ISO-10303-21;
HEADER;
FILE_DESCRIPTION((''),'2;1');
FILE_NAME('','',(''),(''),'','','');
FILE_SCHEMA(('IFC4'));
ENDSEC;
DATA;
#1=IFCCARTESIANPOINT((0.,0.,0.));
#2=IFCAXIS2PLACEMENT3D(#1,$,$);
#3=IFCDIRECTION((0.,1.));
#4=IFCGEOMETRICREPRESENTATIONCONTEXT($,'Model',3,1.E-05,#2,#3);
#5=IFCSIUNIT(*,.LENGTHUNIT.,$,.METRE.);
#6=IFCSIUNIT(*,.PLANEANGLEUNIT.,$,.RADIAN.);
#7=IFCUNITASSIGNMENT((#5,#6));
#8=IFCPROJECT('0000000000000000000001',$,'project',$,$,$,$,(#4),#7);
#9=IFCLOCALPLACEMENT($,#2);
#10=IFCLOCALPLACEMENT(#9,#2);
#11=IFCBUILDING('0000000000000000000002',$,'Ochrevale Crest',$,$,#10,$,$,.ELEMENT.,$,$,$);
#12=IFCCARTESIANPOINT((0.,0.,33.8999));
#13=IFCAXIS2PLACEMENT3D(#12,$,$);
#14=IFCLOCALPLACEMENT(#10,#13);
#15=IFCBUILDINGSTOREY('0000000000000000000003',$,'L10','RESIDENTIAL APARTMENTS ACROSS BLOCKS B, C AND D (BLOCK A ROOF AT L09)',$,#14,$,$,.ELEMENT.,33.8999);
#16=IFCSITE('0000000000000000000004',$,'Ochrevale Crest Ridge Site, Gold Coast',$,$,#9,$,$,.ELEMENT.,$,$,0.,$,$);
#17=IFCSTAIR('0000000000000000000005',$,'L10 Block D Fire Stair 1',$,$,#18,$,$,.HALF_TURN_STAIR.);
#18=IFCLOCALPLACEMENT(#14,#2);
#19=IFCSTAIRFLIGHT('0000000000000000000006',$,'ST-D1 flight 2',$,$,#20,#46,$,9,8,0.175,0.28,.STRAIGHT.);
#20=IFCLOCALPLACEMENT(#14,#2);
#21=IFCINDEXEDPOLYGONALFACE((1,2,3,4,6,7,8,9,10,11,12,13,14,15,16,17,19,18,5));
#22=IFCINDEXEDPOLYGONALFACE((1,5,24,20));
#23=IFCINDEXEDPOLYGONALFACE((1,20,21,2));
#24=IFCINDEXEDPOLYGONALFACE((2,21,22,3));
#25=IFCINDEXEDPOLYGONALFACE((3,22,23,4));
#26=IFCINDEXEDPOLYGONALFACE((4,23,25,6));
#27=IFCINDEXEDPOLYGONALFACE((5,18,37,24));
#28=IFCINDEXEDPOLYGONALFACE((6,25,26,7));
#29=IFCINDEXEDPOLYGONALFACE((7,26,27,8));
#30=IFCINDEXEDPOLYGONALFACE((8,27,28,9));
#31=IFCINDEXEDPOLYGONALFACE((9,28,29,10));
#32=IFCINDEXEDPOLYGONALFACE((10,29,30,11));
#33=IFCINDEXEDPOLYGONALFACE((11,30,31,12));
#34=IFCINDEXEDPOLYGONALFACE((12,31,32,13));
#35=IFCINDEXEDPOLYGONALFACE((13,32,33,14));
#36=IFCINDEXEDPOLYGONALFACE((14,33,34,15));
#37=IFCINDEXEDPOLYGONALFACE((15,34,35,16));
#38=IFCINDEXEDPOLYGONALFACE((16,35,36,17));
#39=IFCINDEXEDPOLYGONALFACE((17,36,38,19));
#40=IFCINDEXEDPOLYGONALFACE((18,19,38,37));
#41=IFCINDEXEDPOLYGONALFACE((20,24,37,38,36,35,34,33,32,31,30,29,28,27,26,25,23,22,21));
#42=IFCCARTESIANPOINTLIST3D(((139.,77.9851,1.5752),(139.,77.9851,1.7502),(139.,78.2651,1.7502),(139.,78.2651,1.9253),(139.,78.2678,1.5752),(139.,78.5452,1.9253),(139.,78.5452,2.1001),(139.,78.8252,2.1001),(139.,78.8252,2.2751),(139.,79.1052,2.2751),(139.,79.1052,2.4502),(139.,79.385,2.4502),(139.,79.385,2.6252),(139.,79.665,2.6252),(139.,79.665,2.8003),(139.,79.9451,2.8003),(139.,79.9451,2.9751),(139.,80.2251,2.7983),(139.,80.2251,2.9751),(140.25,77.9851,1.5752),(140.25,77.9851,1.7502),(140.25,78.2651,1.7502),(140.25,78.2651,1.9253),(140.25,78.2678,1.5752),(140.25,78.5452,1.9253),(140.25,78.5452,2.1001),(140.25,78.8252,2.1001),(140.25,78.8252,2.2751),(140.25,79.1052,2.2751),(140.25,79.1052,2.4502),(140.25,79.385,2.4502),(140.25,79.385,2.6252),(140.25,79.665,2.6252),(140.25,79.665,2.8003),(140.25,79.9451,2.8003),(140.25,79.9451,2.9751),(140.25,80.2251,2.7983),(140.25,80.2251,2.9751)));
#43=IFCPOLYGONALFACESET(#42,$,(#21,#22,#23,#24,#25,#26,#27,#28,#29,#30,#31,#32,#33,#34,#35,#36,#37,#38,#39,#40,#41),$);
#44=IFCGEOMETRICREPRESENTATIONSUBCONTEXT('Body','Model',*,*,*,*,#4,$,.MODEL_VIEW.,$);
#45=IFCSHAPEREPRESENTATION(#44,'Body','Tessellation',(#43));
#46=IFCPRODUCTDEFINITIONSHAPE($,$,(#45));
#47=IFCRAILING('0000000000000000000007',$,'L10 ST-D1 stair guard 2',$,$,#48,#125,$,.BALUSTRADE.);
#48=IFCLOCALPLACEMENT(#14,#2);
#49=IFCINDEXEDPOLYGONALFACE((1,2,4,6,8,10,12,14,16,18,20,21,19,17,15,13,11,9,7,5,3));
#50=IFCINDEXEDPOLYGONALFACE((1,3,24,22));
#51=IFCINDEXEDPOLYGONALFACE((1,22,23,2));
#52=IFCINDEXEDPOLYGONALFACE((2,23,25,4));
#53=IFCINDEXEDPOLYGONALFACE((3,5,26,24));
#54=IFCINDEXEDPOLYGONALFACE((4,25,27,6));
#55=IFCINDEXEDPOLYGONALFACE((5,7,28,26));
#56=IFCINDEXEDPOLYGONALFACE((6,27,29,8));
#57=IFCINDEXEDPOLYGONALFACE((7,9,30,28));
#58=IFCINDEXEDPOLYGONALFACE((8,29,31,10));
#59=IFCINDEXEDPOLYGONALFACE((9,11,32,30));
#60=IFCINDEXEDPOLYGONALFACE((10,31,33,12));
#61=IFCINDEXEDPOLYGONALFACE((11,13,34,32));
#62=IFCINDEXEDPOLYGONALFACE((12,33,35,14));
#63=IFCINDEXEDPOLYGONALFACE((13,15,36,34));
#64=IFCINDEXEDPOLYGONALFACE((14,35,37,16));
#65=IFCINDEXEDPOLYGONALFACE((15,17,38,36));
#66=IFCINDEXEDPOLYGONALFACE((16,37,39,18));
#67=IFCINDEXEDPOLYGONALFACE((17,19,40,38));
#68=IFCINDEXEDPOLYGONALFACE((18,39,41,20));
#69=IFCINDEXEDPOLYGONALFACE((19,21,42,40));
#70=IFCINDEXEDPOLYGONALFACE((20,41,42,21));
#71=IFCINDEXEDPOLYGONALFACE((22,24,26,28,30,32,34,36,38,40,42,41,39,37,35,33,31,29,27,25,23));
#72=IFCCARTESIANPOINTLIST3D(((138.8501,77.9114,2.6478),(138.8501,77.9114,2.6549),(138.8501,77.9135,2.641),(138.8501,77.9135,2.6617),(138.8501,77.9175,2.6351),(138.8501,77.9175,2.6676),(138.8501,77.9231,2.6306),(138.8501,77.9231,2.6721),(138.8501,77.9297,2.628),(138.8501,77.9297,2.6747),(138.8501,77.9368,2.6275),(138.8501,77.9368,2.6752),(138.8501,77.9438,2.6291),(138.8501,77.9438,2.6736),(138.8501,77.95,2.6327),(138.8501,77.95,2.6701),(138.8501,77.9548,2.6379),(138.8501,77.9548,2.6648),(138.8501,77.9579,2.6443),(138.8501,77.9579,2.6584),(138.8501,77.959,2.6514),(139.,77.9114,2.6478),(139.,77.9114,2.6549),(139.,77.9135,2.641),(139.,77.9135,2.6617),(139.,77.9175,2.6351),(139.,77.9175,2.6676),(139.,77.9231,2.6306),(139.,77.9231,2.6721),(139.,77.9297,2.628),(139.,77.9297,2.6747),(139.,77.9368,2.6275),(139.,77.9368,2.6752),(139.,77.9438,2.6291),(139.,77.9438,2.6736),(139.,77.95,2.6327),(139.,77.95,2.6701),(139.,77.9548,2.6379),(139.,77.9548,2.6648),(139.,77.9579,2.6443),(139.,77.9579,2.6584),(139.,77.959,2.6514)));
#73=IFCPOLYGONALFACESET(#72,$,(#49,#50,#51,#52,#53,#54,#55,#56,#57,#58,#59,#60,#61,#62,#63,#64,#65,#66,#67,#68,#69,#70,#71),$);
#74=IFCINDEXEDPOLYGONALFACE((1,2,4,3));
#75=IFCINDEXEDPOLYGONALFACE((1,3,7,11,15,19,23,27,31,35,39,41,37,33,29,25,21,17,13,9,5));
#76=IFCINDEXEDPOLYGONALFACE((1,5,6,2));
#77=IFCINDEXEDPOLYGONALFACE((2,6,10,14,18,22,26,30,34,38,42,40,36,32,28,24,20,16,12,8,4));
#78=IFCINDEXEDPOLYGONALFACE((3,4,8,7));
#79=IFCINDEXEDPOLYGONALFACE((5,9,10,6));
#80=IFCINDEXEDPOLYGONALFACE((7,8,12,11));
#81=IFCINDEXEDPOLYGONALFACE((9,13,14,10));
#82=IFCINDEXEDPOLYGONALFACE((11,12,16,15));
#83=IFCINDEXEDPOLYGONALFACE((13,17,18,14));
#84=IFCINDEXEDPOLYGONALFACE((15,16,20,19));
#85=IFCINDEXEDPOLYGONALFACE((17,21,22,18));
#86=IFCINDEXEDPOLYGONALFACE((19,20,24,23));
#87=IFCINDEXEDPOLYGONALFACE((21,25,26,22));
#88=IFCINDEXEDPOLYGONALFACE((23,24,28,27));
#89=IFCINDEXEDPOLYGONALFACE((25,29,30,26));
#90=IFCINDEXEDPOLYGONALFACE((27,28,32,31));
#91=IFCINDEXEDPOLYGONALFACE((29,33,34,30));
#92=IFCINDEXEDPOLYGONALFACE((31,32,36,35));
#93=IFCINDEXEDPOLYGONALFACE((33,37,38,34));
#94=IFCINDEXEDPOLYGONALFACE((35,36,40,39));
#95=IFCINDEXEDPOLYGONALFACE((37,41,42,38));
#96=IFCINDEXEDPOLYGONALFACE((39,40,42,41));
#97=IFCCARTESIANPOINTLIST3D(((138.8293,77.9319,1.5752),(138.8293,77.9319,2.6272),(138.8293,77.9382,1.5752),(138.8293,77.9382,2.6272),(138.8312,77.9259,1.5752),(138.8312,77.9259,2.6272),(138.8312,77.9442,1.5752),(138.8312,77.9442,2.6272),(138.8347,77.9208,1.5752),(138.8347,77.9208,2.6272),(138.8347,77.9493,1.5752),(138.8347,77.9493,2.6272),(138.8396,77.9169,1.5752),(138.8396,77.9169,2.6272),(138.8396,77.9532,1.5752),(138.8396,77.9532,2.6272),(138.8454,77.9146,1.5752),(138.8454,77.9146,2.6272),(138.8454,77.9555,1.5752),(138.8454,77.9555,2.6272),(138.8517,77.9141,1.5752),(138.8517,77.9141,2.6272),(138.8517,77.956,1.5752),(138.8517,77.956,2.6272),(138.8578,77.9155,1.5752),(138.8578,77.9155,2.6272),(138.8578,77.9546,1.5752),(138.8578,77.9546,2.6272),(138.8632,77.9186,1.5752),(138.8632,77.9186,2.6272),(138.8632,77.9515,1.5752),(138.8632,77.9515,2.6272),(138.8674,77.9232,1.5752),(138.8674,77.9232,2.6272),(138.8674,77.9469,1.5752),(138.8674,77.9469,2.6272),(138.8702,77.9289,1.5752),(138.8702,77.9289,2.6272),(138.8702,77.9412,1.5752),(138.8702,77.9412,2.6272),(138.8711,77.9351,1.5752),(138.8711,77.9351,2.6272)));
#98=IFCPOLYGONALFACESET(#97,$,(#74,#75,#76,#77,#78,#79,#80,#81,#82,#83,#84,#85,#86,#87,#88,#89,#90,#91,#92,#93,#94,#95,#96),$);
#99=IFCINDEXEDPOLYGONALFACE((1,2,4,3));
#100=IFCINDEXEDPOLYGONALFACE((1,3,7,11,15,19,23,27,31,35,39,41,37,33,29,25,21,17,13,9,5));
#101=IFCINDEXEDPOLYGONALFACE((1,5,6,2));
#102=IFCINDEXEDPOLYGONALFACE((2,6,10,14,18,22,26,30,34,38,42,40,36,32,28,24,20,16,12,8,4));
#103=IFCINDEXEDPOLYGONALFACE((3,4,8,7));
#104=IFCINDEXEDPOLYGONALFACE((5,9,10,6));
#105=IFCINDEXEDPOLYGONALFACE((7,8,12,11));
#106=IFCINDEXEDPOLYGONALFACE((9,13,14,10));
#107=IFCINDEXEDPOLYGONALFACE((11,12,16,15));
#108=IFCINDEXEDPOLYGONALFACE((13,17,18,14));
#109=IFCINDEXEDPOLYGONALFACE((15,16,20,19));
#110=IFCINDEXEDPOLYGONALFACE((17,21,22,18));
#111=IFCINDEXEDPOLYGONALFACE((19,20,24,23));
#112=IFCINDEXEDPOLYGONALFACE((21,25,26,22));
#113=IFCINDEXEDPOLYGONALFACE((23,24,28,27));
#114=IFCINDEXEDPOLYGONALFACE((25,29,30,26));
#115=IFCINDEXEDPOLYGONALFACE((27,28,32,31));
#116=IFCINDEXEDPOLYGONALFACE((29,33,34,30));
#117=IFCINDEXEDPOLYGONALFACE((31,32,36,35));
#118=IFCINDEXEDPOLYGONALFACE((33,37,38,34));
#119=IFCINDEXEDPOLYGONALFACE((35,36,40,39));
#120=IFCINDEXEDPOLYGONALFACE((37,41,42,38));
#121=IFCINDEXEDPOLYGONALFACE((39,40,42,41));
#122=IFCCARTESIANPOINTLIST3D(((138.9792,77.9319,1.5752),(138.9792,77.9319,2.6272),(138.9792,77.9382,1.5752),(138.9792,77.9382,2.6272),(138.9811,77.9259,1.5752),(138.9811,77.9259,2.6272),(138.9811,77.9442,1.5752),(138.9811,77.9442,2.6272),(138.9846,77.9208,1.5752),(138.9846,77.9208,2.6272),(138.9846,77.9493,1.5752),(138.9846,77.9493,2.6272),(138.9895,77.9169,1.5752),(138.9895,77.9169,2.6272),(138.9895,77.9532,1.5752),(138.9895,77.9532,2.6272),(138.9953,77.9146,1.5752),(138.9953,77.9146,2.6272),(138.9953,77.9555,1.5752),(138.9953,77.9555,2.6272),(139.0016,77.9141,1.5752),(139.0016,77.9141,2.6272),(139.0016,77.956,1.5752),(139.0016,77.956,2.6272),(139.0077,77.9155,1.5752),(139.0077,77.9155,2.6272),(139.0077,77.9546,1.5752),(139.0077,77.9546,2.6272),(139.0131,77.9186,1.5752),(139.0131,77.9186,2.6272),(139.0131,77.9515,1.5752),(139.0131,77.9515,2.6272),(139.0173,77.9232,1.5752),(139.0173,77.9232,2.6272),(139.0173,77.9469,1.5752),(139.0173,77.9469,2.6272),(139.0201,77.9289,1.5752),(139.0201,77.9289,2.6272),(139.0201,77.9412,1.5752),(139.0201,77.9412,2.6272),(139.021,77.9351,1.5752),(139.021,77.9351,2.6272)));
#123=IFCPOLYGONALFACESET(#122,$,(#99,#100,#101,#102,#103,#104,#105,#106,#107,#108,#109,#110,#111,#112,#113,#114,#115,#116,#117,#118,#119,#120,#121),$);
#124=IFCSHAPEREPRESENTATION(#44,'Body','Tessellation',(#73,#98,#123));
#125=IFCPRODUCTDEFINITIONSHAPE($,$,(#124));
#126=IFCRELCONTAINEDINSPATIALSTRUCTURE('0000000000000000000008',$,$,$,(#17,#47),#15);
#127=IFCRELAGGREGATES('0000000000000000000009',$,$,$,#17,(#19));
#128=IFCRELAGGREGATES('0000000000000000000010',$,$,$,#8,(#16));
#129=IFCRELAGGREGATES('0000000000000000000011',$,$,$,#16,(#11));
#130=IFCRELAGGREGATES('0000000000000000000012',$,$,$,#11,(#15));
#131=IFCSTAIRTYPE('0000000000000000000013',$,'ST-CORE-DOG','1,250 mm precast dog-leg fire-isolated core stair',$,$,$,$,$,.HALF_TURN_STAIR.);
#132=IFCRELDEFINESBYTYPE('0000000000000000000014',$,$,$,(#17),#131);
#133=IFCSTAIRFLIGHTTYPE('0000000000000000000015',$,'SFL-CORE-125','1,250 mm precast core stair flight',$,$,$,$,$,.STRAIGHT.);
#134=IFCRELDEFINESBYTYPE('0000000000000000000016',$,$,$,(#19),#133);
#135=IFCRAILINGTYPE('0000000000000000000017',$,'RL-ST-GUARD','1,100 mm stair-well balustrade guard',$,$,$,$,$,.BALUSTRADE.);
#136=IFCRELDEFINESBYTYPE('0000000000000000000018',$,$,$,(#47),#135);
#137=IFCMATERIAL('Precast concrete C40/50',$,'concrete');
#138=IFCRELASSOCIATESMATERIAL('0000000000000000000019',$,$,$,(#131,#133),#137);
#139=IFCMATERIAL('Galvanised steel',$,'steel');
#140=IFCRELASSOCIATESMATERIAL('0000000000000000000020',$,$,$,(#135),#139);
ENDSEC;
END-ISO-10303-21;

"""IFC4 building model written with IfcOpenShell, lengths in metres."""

from ifc_helpers import new_model, si_unit, direction, frame, origin, origin_2d, place, context, subcontext, project, spatial, polyline, circle, outline, extrude, material, type_object, element, aggregate, save


model = new_model("IFC4")

# Units and contexts
model_context = context("Model", 3, precision=1e-05, world=origin(), true_north=direction((0.0, 1.0)))
body_context = subcontext(model_context, "Body", "Model", "MODEL_VIEW")
ifc_project = project(units=[si_unit("LENGTHUNIT", "METRE"), si_unit("PLANEANGLEUNIT", "RADIAN")], contexts=[model_context])

# Site, building, storey
site_placement = place(None, origin())
site = spatial("IfcSite", under=ifc_project, at=site_placement, Name="Ochrevale Crest Ridge Site, Gold Coast", CompositionType="ELEMENT", RefElevation=0.0)
building_placement = place(site_placement, origin())
building = spatial("IfcBuilding", under=site, at=building_placement, Name="Ochrevale Crest", CompositionType="ELEMENT")
storey_placement = place(building_placement, frame((0.0, 0.0, 33.8999)))
storey = spatial("IfcBuildingStorey", under=building, at=storey_placement, Name="L10", Description="RESIDENTIAL APARTMENTS ACROSS BLOCKS B, C AND D (BLOCK A ROOF AT L09)", CompositionType="ELEMENT", Elevation=33.8999)

# Shared definitions
ifc_material_1 = material(Name="Precast concrete C40/50", Category="concrete")

# Stair, stair flight
stair_type = type_object("IfcStairType", Name="ST-CORE-DOG", Description="1,250 mm precast dog-leg fire-isolated core stair", PredefinedType="HALF_TURN_STAIR", material=ifc_material_1)
stair_placement = place(storey_placement, origin())
stair = element("IfcStair", 1, at=stair_placement, inside=storey, type_object=stair_type, Name="L10 Block D Fire Stair 1", PredefinedType="HALF_TURN_STAIR")
stair_flight_type = type_object("IfcStairFlightType", Name="SFL-CORE-125", Description="1,250 mm precast core stair flight", PredefinedType="STRAIGHT", material=ifc_material_1)
stair_flight_1_placement = place(storey_placement, frame((139.625, 77.9851, 1.5752), z_axis=(0.0, 0.0, 1.0), x_axis=(0.0, 1.0, 0.0)))
stair_flight_1 = element("IfcStairFlight", 2, at=stair_flight_1_placement, type_object=stair_flight_type, Name="ST-D1 flight 2", NumberOfRisers=9, NumberOfTreads=8, PredefinedType="STRAIGHT", RiserHeight=0.175, TreadLength=0.28, context=body_context, shape_type="SweptSolid", body=[
    extrude(outline(polyline([(0.0, 0.0), (0.0, 0.175), (0.28, 0.175), (0.28, 0.3501), (0.5601, 0.3501), (0.5601, 0.5249), (0.8401, 0.5249), (0.8401, 0.7), (1.1201, 0.7), (1.1201, 0.875), (1.3999, 0.875), (1.3999, 1.05), (1.6799, 1.05), (1.6799, 1.2251), (1.96, 1.2251), (1.96, 1.3999), (2.24, 1.3999), (2.24, 1.575), (2.24, 1.2231), (0.2827, 0.0), (0.0, 0.0)])), frame((0.0, 0.625, 0.0), z_axis=(0.0, -1.0, 0.0), x_axis=(1.0, 0.0, 0.0)), (0.0, 0.0, 1.0), 1.25),
])
aggregate(stair, [stair_flight_1])

# Railing
ifc_material_2 = material(Name="Galvanised steel", Category="steel")
railing_type_1 = type_object("IfcRailingType", Name="RL-ST-GUARD", Description="1,100 mm stair-well balustrade guard", PredefinedType="BALUSTRADE", material=ifc_material_2)
railing_1_placement = place(storey_placement, frame((138.8501, 77.9351, 1.5752)))
element("IfcRailing", 3, at=railing_1_placement, inside=storey, type_object=railing_type_1, Name="L10 ST-D1 stair guard 2", PredefinedType="BALUSTRADE", context=body_context, shape_type="SweptSolid", body=[
    extrude(circle(Radius=0.0239, at=origin_2d()), frame((0.0, 0.0, 1.0762), z_axis=(1.0, 0.0, 0.0), x_axis=(0.0, 1.0, 0.0)), (0.0, 0.0, 1.0), 0.1499),
    extrude(circle(Radius=0.021, at=origin_2d()), origin(), (0.0, 0.0, 1.0), 1.052),
    extrude(circle(Radius=0.021, at=origin_2d()), frame((0.1499, 0.0, 0.0)), (0.0, 0.0, 1.0), 1.052),
])

save(model, "model.ifc")
